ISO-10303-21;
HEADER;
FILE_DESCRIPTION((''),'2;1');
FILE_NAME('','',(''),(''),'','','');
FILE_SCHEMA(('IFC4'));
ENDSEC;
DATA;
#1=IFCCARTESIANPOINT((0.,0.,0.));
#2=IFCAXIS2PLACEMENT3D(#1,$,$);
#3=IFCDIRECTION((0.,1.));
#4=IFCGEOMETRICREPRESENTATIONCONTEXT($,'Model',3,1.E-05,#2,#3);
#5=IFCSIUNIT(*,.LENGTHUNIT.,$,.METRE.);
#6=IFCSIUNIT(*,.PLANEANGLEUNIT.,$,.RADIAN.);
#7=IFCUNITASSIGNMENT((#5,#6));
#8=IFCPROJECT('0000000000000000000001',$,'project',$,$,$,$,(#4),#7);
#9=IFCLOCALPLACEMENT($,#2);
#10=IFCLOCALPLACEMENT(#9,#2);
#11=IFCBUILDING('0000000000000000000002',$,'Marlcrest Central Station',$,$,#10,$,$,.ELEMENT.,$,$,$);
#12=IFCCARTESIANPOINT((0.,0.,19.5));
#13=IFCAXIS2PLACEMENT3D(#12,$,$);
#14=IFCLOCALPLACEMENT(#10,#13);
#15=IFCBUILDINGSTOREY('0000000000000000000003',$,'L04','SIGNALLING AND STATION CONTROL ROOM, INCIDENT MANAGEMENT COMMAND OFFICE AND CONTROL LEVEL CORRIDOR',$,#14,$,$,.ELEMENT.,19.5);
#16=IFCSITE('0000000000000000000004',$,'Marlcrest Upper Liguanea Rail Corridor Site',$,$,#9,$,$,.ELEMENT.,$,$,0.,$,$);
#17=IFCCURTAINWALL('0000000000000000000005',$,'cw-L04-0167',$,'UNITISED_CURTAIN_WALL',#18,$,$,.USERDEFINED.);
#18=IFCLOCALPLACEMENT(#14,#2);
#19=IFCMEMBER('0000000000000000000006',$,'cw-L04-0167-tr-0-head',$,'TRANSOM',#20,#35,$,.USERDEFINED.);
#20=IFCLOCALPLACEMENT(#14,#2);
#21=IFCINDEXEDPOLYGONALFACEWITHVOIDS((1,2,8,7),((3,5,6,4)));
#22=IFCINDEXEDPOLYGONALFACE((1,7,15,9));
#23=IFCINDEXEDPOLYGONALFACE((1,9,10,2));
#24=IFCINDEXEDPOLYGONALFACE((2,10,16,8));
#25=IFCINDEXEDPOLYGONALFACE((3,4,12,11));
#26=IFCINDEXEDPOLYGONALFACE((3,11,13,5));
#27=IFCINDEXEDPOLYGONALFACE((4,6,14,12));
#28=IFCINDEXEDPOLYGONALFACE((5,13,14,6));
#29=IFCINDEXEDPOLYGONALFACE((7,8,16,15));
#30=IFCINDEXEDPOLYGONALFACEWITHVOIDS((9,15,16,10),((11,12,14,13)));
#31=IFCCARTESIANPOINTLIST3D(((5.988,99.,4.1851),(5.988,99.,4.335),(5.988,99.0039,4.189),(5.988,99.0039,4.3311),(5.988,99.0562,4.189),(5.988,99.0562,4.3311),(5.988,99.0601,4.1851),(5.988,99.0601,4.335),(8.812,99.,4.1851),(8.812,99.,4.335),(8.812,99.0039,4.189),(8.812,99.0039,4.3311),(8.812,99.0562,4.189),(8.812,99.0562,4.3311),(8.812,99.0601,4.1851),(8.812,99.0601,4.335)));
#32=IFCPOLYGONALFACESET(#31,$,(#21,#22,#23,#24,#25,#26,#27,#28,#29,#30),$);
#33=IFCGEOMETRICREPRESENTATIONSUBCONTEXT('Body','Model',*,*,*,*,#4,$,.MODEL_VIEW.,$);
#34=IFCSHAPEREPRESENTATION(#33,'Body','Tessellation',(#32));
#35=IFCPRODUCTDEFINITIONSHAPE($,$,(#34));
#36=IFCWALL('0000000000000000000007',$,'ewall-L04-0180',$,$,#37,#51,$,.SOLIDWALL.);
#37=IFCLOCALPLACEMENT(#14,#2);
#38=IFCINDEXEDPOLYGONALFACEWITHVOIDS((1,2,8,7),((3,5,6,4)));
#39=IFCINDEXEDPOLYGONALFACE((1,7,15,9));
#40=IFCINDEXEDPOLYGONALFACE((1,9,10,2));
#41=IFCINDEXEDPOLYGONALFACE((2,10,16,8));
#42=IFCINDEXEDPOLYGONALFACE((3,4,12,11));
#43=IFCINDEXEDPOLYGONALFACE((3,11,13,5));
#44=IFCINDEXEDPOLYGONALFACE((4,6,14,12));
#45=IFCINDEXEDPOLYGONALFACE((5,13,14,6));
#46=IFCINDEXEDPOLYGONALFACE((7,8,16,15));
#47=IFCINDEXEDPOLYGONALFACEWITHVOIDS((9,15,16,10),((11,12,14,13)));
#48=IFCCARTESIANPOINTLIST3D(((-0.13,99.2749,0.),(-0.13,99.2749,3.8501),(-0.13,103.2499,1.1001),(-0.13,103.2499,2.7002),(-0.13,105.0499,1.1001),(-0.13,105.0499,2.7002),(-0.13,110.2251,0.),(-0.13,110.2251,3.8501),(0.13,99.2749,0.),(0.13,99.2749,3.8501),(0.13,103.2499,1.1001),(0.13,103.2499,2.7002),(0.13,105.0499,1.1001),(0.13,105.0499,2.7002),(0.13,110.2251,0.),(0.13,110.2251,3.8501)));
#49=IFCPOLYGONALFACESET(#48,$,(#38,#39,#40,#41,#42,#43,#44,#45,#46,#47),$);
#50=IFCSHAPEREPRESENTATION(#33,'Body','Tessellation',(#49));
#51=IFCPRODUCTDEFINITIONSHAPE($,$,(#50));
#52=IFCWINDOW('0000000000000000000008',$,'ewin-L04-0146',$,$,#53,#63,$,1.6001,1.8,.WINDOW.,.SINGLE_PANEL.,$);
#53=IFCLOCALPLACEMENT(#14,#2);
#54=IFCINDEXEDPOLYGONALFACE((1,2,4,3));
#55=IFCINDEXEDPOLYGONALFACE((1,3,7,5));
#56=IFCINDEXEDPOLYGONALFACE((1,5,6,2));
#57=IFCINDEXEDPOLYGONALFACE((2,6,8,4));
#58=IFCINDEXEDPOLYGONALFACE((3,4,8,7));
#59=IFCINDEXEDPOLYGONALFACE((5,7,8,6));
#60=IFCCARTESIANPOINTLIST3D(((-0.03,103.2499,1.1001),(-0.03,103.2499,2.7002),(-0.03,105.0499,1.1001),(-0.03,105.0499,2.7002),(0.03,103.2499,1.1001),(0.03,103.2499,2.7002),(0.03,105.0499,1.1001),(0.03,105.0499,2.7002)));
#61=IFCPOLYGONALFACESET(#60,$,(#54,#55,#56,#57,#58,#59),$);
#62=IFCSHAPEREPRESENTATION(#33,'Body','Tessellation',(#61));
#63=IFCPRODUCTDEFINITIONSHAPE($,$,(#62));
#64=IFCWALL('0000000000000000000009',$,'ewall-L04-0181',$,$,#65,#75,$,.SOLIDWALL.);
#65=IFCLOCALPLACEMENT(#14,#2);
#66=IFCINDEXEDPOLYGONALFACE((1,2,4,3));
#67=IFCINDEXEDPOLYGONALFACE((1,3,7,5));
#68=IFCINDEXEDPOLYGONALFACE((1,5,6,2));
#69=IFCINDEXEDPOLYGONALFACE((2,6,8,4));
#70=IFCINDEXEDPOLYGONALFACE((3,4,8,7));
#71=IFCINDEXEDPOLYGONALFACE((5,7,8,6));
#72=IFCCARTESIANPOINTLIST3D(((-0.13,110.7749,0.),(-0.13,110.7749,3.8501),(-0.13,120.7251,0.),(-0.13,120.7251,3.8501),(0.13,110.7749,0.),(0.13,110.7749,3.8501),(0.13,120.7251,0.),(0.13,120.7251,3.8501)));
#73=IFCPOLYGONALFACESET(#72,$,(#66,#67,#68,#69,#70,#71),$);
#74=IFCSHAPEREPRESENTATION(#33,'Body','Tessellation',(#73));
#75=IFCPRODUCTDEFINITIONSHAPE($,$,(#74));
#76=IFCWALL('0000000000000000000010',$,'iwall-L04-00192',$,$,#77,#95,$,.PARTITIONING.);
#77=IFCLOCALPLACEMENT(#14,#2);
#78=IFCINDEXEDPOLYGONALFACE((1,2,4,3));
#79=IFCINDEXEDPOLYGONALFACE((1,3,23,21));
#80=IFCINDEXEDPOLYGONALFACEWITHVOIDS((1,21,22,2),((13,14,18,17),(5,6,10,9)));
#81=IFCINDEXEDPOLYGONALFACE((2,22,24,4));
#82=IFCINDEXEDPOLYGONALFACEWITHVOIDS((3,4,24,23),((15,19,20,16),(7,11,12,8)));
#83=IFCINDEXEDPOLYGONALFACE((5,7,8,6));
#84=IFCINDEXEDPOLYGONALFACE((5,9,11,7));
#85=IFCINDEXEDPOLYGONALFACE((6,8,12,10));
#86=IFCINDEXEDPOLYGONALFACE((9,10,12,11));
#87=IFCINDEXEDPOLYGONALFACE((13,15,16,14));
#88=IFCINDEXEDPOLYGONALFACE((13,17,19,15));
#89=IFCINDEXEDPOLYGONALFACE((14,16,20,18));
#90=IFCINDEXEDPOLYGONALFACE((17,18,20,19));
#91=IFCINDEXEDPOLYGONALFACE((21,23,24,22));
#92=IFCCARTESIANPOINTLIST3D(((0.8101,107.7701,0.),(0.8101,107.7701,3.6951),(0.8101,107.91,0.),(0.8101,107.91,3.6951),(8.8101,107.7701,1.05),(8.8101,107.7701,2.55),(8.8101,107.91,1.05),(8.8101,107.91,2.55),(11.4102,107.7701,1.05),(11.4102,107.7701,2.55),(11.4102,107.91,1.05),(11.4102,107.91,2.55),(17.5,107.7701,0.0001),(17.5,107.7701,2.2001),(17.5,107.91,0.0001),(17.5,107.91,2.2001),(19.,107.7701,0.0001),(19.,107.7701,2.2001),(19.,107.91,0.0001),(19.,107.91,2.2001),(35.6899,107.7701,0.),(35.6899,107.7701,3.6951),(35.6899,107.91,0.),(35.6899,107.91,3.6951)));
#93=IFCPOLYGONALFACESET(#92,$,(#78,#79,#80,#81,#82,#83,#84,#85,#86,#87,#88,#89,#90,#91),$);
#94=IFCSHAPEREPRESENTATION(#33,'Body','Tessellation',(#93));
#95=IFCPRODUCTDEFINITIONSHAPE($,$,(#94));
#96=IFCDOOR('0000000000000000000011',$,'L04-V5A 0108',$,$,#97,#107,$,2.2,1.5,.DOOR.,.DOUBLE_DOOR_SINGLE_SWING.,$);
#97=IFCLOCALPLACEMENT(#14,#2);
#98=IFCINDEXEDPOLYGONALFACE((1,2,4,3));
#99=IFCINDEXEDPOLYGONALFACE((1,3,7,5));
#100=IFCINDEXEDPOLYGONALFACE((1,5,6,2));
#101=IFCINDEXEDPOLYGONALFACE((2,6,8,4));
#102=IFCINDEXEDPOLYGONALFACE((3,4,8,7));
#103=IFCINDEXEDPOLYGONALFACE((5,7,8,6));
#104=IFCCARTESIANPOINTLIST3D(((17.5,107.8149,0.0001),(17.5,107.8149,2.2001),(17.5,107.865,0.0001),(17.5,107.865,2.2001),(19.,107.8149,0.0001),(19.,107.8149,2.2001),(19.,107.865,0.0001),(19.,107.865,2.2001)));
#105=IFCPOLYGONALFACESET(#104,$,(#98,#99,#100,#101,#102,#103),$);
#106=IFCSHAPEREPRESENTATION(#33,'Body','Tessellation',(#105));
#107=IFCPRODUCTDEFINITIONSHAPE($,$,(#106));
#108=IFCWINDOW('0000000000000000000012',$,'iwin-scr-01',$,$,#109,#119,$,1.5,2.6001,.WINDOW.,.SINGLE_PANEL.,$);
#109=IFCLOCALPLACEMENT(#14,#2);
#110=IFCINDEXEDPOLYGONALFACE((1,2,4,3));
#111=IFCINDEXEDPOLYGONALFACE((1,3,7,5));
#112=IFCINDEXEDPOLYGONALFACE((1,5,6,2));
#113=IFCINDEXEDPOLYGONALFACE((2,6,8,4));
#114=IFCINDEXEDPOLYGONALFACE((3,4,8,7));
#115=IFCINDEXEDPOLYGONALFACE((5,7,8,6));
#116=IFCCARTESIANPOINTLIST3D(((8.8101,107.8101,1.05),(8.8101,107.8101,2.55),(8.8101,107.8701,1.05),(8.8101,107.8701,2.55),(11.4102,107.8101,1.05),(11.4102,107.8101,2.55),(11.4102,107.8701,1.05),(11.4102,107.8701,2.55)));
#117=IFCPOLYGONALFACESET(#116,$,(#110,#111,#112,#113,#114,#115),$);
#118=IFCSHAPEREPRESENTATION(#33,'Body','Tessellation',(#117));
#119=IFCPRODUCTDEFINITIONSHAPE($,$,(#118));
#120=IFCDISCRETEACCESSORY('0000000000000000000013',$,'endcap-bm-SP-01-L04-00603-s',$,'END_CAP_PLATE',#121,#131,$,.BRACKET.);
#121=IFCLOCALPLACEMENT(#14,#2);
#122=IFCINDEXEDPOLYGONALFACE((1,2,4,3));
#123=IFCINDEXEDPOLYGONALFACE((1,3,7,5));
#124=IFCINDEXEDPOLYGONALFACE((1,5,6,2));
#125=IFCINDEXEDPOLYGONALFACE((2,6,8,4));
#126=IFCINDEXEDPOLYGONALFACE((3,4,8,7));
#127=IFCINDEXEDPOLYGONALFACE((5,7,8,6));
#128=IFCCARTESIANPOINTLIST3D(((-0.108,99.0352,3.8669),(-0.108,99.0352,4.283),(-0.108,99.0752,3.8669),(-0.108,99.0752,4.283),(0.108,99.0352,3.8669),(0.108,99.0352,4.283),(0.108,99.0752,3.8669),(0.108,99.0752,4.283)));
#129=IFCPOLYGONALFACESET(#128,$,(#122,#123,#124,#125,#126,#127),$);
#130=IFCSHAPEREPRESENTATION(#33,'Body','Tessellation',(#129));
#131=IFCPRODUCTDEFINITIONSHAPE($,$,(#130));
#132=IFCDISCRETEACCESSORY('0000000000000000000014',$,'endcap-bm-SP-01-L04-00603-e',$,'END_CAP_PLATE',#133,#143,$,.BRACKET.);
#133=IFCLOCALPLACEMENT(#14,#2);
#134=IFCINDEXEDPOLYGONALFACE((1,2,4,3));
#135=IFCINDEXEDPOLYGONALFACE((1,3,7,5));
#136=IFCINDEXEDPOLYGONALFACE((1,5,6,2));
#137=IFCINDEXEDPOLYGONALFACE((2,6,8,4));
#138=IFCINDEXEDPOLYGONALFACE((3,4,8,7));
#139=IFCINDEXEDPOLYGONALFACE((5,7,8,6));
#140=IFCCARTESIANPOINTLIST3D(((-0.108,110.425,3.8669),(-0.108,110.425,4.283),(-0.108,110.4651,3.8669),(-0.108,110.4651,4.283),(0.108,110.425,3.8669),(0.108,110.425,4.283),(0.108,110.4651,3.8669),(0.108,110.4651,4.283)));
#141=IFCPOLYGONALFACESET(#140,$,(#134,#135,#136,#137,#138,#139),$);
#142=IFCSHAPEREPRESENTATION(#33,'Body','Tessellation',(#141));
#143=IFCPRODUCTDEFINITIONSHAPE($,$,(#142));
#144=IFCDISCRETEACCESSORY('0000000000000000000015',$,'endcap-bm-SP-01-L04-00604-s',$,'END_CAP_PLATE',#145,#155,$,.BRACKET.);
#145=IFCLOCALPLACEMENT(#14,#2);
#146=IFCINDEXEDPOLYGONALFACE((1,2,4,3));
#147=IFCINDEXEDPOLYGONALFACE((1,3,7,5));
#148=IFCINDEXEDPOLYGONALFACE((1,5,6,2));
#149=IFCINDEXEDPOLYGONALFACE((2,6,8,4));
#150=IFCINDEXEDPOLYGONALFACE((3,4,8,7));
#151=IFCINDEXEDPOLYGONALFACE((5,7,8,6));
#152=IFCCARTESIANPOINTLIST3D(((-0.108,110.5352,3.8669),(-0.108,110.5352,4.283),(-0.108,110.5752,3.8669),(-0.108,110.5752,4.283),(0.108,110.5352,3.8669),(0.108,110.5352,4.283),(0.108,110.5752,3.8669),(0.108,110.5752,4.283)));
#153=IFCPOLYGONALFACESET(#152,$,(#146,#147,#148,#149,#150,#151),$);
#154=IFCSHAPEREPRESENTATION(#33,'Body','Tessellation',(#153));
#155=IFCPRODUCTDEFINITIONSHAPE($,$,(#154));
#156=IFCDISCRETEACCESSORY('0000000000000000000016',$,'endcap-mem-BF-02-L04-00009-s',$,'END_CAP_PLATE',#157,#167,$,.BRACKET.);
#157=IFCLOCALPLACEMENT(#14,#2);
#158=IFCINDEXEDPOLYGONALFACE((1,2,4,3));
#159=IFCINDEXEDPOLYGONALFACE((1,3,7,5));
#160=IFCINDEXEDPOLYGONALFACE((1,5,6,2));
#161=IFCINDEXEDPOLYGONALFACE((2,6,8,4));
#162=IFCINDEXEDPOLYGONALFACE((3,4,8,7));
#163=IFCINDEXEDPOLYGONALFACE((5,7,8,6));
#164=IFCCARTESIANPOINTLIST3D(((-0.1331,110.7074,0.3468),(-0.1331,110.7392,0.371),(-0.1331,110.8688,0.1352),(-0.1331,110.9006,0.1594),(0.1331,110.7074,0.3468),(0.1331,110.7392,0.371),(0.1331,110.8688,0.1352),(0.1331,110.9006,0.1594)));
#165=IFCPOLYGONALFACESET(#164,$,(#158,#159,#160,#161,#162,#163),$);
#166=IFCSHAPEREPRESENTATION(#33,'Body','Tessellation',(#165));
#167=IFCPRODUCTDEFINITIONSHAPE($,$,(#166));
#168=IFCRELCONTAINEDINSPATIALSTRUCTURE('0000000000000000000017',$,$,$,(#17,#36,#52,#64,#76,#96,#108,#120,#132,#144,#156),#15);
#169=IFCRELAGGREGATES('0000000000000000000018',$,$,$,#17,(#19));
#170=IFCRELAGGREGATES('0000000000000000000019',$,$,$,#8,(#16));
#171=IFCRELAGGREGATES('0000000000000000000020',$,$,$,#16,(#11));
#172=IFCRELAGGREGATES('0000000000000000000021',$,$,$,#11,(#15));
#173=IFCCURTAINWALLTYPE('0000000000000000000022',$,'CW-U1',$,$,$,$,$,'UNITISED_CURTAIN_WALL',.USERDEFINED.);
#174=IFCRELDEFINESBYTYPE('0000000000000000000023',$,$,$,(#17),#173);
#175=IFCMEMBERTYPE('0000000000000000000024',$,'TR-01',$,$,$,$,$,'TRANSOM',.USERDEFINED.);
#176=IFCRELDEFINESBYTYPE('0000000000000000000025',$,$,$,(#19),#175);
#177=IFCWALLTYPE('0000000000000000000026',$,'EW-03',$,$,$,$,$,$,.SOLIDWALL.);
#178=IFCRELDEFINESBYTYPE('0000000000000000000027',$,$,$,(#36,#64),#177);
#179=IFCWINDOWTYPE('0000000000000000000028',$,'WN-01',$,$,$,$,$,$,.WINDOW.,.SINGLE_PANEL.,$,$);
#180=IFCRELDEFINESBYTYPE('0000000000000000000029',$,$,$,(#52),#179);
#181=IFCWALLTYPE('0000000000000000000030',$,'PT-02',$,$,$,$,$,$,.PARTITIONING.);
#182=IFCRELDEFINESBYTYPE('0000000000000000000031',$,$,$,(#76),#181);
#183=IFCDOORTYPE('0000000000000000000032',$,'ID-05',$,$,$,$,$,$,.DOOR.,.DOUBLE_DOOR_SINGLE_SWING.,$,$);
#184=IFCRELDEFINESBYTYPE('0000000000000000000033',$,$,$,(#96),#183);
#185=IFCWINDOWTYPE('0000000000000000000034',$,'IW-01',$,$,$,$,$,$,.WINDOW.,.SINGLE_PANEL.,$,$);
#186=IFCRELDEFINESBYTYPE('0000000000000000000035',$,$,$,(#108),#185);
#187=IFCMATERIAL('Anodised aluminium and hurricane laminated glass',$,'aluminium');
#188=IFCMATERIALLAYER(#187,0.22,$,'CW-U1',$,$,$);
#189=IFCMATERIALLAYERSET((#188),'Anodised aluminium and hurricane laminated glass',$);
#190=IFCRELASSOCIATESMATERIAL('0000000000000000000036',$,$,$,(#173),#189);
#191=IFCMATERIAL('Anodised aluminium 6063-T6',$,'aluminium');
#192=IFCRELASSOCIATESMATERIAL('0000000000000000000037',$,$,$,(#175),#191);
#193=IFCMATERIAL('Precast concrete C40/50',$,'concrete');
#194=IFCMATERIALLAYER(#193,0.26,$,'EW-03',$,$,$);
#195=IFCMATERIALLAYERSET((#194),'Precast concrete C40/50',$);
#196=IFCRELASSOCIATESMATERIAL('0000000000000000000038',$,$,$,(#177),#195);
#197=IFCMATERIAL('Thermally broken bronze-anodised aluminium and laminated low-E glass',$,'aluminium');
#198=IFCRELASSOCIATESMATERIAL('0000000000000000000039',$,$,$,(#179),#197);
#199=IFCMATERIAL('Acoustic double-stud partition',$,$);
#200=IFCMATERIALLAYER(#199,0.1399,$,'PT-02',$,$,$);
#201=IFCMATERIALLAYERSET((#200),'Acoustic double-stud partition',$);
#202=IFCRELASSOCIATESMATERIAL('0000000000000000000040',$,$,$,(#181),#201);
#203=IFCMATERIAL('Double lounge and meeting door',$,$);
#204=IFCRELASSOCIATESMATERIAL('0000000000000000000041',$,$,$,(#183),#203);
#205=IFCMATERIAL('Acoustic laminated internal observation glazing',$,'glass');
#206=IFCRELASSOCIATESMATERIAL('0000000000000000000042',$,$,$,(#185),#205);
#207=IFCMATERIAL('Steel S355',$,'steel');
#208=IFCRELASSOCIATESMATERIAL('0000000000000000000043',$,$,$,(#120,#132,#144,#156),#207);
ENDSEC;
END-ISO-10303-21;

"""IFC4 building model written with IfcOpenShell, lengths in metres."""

from ifc_helpers import new_model, si_unit, direction, frame, frame_2d, origin, origin_2d, place, context, subcontext, project, spatial, rectangle, hollow_rectangle, extrude, material, layer, layer_set, material_profile, profile_set, type_object, element, fill, aggregate, save


model = new_model("IFC4")

# Units and contexts
model_context = context("Model", 3, precision=1e-05, world=origin(), true_north=direction((0.0, 1.0)))
body_context = subcontext(model_context, "Body", "Model", "MODEL_VIEW")
ifc_project = project(units=[si_unit("LENGTHUNIT", "METRE"), si_unit("PLANEANGLEUNIT", "RADIAN")], contexts=[model_context])

# Site, building, storey
site_placement = place(None, origin())
site = spatial("IfcSite", under=ifc_project, at=site_placement, Name="Marlcrest Upper Liguanea Rail Corridor Site", CompositionType="ELEMENT", RefElevation=0.0)
building_placement = place(site_placement, origin())
building = spatial("IfcBuilding", under=site, at=building_placement, Name="Marlcrest Central Station", CompositionType="ELEMENT")
storey_placement = place(building_placement, frame((0.0, 0.0, 19.5)))
storey = spatial("IfcBuildingStorey", under=building, at=storey_placement, Name="L04", Description="SIGNALLING AND STATION CONTROL ROOM, INCIDENT MANAGEMENT COMMAND OFFICE AND CONTROL LEVEL CORRIDOR", CompositionType="ELEMENT", Elevation=19.5)

# Shared definitions
ifc_material_1 = material(Name="Steel S355", Category="steel")

# Curtain wall
ifc_material_2 = material(Name="Anodised aluminium and hurricane laminated glass", Category="aluminium")
ifc_layer_1 = layer(ifc_material_2, 0.22, Name="CW-U1")
ifc_layer_set_1 = layer_set([ifc_layer_1], Name="Anodised aluminium and hurricane laminated glass")
curtain_wall_type = type_object("IfcCurtainWallType", Name="CW-U1", ElementType="UNITISED_CURTAIN_WALL", PredefinedType="USERDEFINED", material=ifc_layer_set_1)
curtain_wall_placement = place(storey_placement, origin())
curtain_wall = element("IfcCurtainWall", 1, at=curtain_wall_placement, inside=storey, type_object=curtain_wall_type, Name="cw-L04-0167", ObjectType="UNITISED_CURTAIN_WALL", PredefinedType="USERDEFINED")
ifc_material_3 = material(Name="Anodised aluminium 6063-T6", Category="aluminium")

# Member
ifc_material_profile_1 = material_profile(ifc_material_3, hollow_rectangle(XDim=0.0601, YDim=0.1499, WallThickness=0.0039, at=origin_2d()), Name="AA-RHS 150x60x4")
ifc_profile_set_1 = profile_set([ifc_material_profile_1], Name="Anodised aluminium 6063-T6")
member_type_1 = type_object("IfcMemberType", Name="TR-01", ElementType="TRANSOM", PredefinedType="USERDEFINED", material=ifc_profile_set_1)
member_1_placement = place(storey_placement, frame((8.812, 99.03, 4.26), z_axis=(-1.0, 0.0, 0.0), x_axis=(0.0, -1.0, 0.0)))
member_1 = element("IfcMember", 2, at=member_1_placement, type_object=member_type_1, Name="cw-L04-0167-tr-0-head", ObjectType="TRANSOM", PredefinedType="USERDEFINED", context=body_context, shape_type="SweptSolid", body=[
    extrude(hollow_rectangle(XDim=0.0601, YDim=0.1499, WallThickness=0.0039, at=origin_2d()), origin(), (0.0, 0.0, 1.0), 2.824),
])
aggregate(curtain_wall, [member_1])

# Wall, opening, window
ifc_material_4 = material(Name="Precast concrete C40/50", Category="concrete")
ifc_layer_2 = layer(ifc_material_4, 0.26, Name="EW-03")
ifc_layer_set_2 = layer_set([ifc_layer_2], Name="Precast concrete C40/50")
wall_type_1 = type_object("IfcWallType", Name="EW-03", PredefinedType="SOLIDWALL", material=ifc_layer_set_2)
wall_1_placement = place(storey_placement, frame((0.0, 99.2749, 0.0), z_axis=(0.0, 0.0, 1.0), x_axis=(0.0, 1.0, 0.0)))
wall_1 = element("IfcWall", 3, at=wall_1_placement, inside=storey, type_object=wall_type_1, Name="ewall-L04-0180", PredefinedType="SOLIDWALL", context=body_context, shape_type="SweptSolid", body=[
    extrude(rectangle(XDim=10.9502, YDim=0.26, at=frame_2d((5.4751, 0.0))), origin(), (0.0, 0.0, 1.0), 3.8501),
])
opening_1_placement = place(wall_1_placement, frame((3.9751, 0.0, 1.1001)))
opening_1 = element("IfcOpeningElement", 4, at=opening_1_placement, cuts=wall_1, PredefinedType="OPENING", context=body_context, shape_type="SweptSolid", body=[
    extrude(rectangle(XDim=1.8, YDim=1.6001, at=frame_2d((0.8999, 0.8))), frame((0.0, 0.1399, 0.0), z_axis=(0.0, -1.0, 0.0), x_axis=(1.0, 0.0, 0.0)), (0.0, 0.0, 1.0), 0.28),
])
ifc_material_5 = material(Name="Thermally broken bronze-anodised aluminium and laminated low-E glass", Category="aluminium")
window_type_1 = type_object("IfcWindowType", Name="WN-01", PartitioningType="SINGLE_PANEL", PredefinedType="WINDOW", material=ifc_material_5)
window_1_placement = place(opening_1_placement, origin())
window_1 = element("IfcWindow", 5, at=window_1_placement, inside=storey, type_object=window_type_1, Name="ewin-L04-0146", OverallHeight=1.6001, OverallWidth=1.8, PartitioningType="SINGLE_PANEL", PredefinedType="WINDOW", context=body_context, shape_type="SweptSolid", body=[
    extrude(rectangle(XDim=1.8, YDim=1.6001, at=frame_2d((0.8999, 0.8))), frame((0.0, 0.03, 0.0), z_axis=(0.0, -1.0, 0.0), x_axis=(1.0, 0.0, 0.0)), (0.0, 0.0, 1.0), 0.0601),
])
fill(opening_1, window_1)

# Wall
wall_2_placement = place(storey_placement, frame((0.0, 110.7749, 0.0), z_axis=(0.0, 0.0, 1.0), x_axis=(0.0, 1.0, 0.0)))
element("IfcWall", 6, at=wall_2_placement, inside=storey, type_object=wall_type_1, Name="ewall-L04-0181", PredefinedType="SOLIDWALL", context=body_context, shape_type="SweptSolid", body=[
    extrude(rectangle(XDim=9.9502, YDim=0.26, at=frame_2d((4.9751, 0.0))), origin(), (0.0, 0.0, 1.0), 3.8501),
])

# Wall, openings, door, window
ifc_material_6 = material(Name="Acoustic double-stud partition")
ifc_layer_3 = layer(ifc_material_6, 0.1399, Name="PT-02")
ifc_layer_set_3 = layer_set([ifc_layer_3], Name="Acoustic double-stud partition")
wall_type_2 = type_object("IfcWallType", Name="PT-02", PredefinedType="PARTITIONING", material=ifc_layer_set_3)
wall_3_placement = place(storey_placement, frame((0.8101, 107.8401, 0.0), z_axis=(0.0, 0.0, 1.0), x_axis=(1.0, 0.0, 0.0)))
wall_3 = element("IfcWall", 7, at=wall_3_placement, inside=storey, type_object=wall_type_2, Name="iwall-L04-00192", PredefinedType="PARTITIONING", context=body_context, shape_type="SweptSolid", body=[
    extrude(rectangle(XDim=34.8799, YDim=0.1399, at=frame_2d((17.4399, 0.0))), origin(), (0.0, 0.0, 1.0), 3.6951),
])
opening_2_placement = place(wall_3_placement, frame((16.6899, 0.0, 0.0)))
opening_2 = element("IfcOpeningElement", 8, at=opening_2_placement, cuts=wall_3, PredefinedType="OPENING", context=body_context, shape_type="SweptSolid", body=[
    extrude(rectangle(XDim=1.5, YDim=2.2, at=frame_2d((0.75, 1.1001))), frame((0.0, 0.0798, 0.0), z_axis=(0.0, -1.0, 0.0), x_axis=(1.0, 0.0, 0.0)), (0.0, 0.0, 1.0), 0.1599),
])
opening_3_placement = place(wall_3_placement, frame((8.0, 0.0, 1.05)))
opening_3 = element("IfcOpeningElement", 9, at=opening_3_placement, cuts=wall_3, PredefinedType="OPENING", context=body_context, shape_type="SweptSolid", body=[
    extrude(rectangle(XDim=2.6001, YDim=1.5, at=frame_2d((1.3, 0.75))), frame((0.0, 0.0798, 0.0), z_axis=(0.0, -1.0, 0.0), x_axis=(1.0, 0.0, 0.0)), (0.0, 0.0, 1.0), 0.1599),
])
ifc_material_7 = material(Name="Double lounge and meeting door")
door_type = type_object("IfcDoorType", Name="ID-05", OperationType="DOUBLE_DOOR_SINGLE_SWING", PredefinedType="DOOR", material=ifc_material_7)
door_placement = place(opening_2_placement, origin())
door = element("IfcDoor", 10, at=door_placement, inside=storey, type_object=door_type, Name="L04-V5A 0108", OperationType="DOUBLE_DOOR_SINGLE_SWING", OverallHeight=2.2, OverallWidth=1.5, PredefinedType="DOOR", context=body_context, shape_type="SweptSolid", body=[
    extrude(rectangle(XDim=1.5, YDim=2.2, at=frame_2d((0.75, 1.1001))), frame((0.0, 0.0249, 0.0), z_axis=(0.0, -1.0, 0.0), x_axis=(1.0, 0.0, 0.0)), (0.0, 0.0, 1.0), 0.05),
])
fill(opening_2, door)
ifc_material_8 = material(Name="Acoustic laminated internal observation glazing", Category="glass")
window_type_2 = type_object("IfcWindowType", Name="IW-01", PartitioningType="SINGLE_PANEL", PredefinedType="WINDOW", material=ifc_material_8)
window_2_placement = place(opening_3_placement, origin())
window_2 = element("IfcWindow", 11, at=window_2_placement, inside=storey, type_object=window_type_2, Name="iwin-scr-01", OverallHeight=1.5, OverallWidth=2.6001, PartitioningType="SINGLE_PANEL", PredefinedType="WINDOW", context=body_context, shape_type="SweptSolid", body=[
    extrude(rectangle(XDim=2.6001, YDim=1.5, at=frame_2d((1.3, 0.75))), frame((0.0, 0.03, 0.0), z_axis=(0.0, -1.0, 0.0), x_axis=(1.0, 0.0, 0.0)), (0.0, 0.0, 1.0), 0.0601),
])
fill(opening_3, window_2)

# Discrete accessories
for number, where, z_axis, x_axis, name in (
    (12, (0.0, 99.0352, 4.075), (0.0, 1.0, 0.0), (-1.0, 0.0, 0.0), "endcap-bm-SP-01-L04-00603-s"),
    (13, (0.0, 110.425, 4.075), (0.0, 1.0, 0.0), (-1.0, 0.0, 0.0), "endcap-bm-SP-01-L04-00603-e"),
    (14, (0.0, 110.5352, 4.075), (0.0, 1.0, 0.0), (-1.0, 0.0, 0.0), "endcap-bm-SP-01-L04-00604-s"),
):
    element("IfcDiscreteAccessory", number, at=place(storey_placement, frame(where, z_axis=z_axis, x_axis=x_axis)), inside=storey, material=ifc_material_1, Name=name, ObjectType="END_CAP_PLATE", PredefinedType="BRACKET", context=body_context, shape_type="SweptSolid", body=[
        extrude(rectangle(XDim=0.2161, YDim=0.416, at=origin_2d()), origin(), (0.0, 0.0, 1.0), 0.04),
    ])
discrete_accessory_placement = place(storey_placement, frame((0.0, 110.7881, 0.241), z_axis=(0.0, 0.79516, 0.6064), x_axis=(-1.0, 0.0, 0.0)))
element("IfcDiscreteAccessory", 15, at=discrete_accessory_placement, inside=storey, material=ifc_material_1, Name="endcap-mem-BF-02-L04-00009-s", ObjectType="END_CAP_PLATE", PredefinedType="BRACKET", context=body_context, shape_type="SweptSolid", body=[
    extrude(rectangle(XDim=0.2661, YDim=0.2661, at=origin_2d()), origin(), (0.0, 0.0, 1.0), 0.04),
])

save(model, "model.ifc")
